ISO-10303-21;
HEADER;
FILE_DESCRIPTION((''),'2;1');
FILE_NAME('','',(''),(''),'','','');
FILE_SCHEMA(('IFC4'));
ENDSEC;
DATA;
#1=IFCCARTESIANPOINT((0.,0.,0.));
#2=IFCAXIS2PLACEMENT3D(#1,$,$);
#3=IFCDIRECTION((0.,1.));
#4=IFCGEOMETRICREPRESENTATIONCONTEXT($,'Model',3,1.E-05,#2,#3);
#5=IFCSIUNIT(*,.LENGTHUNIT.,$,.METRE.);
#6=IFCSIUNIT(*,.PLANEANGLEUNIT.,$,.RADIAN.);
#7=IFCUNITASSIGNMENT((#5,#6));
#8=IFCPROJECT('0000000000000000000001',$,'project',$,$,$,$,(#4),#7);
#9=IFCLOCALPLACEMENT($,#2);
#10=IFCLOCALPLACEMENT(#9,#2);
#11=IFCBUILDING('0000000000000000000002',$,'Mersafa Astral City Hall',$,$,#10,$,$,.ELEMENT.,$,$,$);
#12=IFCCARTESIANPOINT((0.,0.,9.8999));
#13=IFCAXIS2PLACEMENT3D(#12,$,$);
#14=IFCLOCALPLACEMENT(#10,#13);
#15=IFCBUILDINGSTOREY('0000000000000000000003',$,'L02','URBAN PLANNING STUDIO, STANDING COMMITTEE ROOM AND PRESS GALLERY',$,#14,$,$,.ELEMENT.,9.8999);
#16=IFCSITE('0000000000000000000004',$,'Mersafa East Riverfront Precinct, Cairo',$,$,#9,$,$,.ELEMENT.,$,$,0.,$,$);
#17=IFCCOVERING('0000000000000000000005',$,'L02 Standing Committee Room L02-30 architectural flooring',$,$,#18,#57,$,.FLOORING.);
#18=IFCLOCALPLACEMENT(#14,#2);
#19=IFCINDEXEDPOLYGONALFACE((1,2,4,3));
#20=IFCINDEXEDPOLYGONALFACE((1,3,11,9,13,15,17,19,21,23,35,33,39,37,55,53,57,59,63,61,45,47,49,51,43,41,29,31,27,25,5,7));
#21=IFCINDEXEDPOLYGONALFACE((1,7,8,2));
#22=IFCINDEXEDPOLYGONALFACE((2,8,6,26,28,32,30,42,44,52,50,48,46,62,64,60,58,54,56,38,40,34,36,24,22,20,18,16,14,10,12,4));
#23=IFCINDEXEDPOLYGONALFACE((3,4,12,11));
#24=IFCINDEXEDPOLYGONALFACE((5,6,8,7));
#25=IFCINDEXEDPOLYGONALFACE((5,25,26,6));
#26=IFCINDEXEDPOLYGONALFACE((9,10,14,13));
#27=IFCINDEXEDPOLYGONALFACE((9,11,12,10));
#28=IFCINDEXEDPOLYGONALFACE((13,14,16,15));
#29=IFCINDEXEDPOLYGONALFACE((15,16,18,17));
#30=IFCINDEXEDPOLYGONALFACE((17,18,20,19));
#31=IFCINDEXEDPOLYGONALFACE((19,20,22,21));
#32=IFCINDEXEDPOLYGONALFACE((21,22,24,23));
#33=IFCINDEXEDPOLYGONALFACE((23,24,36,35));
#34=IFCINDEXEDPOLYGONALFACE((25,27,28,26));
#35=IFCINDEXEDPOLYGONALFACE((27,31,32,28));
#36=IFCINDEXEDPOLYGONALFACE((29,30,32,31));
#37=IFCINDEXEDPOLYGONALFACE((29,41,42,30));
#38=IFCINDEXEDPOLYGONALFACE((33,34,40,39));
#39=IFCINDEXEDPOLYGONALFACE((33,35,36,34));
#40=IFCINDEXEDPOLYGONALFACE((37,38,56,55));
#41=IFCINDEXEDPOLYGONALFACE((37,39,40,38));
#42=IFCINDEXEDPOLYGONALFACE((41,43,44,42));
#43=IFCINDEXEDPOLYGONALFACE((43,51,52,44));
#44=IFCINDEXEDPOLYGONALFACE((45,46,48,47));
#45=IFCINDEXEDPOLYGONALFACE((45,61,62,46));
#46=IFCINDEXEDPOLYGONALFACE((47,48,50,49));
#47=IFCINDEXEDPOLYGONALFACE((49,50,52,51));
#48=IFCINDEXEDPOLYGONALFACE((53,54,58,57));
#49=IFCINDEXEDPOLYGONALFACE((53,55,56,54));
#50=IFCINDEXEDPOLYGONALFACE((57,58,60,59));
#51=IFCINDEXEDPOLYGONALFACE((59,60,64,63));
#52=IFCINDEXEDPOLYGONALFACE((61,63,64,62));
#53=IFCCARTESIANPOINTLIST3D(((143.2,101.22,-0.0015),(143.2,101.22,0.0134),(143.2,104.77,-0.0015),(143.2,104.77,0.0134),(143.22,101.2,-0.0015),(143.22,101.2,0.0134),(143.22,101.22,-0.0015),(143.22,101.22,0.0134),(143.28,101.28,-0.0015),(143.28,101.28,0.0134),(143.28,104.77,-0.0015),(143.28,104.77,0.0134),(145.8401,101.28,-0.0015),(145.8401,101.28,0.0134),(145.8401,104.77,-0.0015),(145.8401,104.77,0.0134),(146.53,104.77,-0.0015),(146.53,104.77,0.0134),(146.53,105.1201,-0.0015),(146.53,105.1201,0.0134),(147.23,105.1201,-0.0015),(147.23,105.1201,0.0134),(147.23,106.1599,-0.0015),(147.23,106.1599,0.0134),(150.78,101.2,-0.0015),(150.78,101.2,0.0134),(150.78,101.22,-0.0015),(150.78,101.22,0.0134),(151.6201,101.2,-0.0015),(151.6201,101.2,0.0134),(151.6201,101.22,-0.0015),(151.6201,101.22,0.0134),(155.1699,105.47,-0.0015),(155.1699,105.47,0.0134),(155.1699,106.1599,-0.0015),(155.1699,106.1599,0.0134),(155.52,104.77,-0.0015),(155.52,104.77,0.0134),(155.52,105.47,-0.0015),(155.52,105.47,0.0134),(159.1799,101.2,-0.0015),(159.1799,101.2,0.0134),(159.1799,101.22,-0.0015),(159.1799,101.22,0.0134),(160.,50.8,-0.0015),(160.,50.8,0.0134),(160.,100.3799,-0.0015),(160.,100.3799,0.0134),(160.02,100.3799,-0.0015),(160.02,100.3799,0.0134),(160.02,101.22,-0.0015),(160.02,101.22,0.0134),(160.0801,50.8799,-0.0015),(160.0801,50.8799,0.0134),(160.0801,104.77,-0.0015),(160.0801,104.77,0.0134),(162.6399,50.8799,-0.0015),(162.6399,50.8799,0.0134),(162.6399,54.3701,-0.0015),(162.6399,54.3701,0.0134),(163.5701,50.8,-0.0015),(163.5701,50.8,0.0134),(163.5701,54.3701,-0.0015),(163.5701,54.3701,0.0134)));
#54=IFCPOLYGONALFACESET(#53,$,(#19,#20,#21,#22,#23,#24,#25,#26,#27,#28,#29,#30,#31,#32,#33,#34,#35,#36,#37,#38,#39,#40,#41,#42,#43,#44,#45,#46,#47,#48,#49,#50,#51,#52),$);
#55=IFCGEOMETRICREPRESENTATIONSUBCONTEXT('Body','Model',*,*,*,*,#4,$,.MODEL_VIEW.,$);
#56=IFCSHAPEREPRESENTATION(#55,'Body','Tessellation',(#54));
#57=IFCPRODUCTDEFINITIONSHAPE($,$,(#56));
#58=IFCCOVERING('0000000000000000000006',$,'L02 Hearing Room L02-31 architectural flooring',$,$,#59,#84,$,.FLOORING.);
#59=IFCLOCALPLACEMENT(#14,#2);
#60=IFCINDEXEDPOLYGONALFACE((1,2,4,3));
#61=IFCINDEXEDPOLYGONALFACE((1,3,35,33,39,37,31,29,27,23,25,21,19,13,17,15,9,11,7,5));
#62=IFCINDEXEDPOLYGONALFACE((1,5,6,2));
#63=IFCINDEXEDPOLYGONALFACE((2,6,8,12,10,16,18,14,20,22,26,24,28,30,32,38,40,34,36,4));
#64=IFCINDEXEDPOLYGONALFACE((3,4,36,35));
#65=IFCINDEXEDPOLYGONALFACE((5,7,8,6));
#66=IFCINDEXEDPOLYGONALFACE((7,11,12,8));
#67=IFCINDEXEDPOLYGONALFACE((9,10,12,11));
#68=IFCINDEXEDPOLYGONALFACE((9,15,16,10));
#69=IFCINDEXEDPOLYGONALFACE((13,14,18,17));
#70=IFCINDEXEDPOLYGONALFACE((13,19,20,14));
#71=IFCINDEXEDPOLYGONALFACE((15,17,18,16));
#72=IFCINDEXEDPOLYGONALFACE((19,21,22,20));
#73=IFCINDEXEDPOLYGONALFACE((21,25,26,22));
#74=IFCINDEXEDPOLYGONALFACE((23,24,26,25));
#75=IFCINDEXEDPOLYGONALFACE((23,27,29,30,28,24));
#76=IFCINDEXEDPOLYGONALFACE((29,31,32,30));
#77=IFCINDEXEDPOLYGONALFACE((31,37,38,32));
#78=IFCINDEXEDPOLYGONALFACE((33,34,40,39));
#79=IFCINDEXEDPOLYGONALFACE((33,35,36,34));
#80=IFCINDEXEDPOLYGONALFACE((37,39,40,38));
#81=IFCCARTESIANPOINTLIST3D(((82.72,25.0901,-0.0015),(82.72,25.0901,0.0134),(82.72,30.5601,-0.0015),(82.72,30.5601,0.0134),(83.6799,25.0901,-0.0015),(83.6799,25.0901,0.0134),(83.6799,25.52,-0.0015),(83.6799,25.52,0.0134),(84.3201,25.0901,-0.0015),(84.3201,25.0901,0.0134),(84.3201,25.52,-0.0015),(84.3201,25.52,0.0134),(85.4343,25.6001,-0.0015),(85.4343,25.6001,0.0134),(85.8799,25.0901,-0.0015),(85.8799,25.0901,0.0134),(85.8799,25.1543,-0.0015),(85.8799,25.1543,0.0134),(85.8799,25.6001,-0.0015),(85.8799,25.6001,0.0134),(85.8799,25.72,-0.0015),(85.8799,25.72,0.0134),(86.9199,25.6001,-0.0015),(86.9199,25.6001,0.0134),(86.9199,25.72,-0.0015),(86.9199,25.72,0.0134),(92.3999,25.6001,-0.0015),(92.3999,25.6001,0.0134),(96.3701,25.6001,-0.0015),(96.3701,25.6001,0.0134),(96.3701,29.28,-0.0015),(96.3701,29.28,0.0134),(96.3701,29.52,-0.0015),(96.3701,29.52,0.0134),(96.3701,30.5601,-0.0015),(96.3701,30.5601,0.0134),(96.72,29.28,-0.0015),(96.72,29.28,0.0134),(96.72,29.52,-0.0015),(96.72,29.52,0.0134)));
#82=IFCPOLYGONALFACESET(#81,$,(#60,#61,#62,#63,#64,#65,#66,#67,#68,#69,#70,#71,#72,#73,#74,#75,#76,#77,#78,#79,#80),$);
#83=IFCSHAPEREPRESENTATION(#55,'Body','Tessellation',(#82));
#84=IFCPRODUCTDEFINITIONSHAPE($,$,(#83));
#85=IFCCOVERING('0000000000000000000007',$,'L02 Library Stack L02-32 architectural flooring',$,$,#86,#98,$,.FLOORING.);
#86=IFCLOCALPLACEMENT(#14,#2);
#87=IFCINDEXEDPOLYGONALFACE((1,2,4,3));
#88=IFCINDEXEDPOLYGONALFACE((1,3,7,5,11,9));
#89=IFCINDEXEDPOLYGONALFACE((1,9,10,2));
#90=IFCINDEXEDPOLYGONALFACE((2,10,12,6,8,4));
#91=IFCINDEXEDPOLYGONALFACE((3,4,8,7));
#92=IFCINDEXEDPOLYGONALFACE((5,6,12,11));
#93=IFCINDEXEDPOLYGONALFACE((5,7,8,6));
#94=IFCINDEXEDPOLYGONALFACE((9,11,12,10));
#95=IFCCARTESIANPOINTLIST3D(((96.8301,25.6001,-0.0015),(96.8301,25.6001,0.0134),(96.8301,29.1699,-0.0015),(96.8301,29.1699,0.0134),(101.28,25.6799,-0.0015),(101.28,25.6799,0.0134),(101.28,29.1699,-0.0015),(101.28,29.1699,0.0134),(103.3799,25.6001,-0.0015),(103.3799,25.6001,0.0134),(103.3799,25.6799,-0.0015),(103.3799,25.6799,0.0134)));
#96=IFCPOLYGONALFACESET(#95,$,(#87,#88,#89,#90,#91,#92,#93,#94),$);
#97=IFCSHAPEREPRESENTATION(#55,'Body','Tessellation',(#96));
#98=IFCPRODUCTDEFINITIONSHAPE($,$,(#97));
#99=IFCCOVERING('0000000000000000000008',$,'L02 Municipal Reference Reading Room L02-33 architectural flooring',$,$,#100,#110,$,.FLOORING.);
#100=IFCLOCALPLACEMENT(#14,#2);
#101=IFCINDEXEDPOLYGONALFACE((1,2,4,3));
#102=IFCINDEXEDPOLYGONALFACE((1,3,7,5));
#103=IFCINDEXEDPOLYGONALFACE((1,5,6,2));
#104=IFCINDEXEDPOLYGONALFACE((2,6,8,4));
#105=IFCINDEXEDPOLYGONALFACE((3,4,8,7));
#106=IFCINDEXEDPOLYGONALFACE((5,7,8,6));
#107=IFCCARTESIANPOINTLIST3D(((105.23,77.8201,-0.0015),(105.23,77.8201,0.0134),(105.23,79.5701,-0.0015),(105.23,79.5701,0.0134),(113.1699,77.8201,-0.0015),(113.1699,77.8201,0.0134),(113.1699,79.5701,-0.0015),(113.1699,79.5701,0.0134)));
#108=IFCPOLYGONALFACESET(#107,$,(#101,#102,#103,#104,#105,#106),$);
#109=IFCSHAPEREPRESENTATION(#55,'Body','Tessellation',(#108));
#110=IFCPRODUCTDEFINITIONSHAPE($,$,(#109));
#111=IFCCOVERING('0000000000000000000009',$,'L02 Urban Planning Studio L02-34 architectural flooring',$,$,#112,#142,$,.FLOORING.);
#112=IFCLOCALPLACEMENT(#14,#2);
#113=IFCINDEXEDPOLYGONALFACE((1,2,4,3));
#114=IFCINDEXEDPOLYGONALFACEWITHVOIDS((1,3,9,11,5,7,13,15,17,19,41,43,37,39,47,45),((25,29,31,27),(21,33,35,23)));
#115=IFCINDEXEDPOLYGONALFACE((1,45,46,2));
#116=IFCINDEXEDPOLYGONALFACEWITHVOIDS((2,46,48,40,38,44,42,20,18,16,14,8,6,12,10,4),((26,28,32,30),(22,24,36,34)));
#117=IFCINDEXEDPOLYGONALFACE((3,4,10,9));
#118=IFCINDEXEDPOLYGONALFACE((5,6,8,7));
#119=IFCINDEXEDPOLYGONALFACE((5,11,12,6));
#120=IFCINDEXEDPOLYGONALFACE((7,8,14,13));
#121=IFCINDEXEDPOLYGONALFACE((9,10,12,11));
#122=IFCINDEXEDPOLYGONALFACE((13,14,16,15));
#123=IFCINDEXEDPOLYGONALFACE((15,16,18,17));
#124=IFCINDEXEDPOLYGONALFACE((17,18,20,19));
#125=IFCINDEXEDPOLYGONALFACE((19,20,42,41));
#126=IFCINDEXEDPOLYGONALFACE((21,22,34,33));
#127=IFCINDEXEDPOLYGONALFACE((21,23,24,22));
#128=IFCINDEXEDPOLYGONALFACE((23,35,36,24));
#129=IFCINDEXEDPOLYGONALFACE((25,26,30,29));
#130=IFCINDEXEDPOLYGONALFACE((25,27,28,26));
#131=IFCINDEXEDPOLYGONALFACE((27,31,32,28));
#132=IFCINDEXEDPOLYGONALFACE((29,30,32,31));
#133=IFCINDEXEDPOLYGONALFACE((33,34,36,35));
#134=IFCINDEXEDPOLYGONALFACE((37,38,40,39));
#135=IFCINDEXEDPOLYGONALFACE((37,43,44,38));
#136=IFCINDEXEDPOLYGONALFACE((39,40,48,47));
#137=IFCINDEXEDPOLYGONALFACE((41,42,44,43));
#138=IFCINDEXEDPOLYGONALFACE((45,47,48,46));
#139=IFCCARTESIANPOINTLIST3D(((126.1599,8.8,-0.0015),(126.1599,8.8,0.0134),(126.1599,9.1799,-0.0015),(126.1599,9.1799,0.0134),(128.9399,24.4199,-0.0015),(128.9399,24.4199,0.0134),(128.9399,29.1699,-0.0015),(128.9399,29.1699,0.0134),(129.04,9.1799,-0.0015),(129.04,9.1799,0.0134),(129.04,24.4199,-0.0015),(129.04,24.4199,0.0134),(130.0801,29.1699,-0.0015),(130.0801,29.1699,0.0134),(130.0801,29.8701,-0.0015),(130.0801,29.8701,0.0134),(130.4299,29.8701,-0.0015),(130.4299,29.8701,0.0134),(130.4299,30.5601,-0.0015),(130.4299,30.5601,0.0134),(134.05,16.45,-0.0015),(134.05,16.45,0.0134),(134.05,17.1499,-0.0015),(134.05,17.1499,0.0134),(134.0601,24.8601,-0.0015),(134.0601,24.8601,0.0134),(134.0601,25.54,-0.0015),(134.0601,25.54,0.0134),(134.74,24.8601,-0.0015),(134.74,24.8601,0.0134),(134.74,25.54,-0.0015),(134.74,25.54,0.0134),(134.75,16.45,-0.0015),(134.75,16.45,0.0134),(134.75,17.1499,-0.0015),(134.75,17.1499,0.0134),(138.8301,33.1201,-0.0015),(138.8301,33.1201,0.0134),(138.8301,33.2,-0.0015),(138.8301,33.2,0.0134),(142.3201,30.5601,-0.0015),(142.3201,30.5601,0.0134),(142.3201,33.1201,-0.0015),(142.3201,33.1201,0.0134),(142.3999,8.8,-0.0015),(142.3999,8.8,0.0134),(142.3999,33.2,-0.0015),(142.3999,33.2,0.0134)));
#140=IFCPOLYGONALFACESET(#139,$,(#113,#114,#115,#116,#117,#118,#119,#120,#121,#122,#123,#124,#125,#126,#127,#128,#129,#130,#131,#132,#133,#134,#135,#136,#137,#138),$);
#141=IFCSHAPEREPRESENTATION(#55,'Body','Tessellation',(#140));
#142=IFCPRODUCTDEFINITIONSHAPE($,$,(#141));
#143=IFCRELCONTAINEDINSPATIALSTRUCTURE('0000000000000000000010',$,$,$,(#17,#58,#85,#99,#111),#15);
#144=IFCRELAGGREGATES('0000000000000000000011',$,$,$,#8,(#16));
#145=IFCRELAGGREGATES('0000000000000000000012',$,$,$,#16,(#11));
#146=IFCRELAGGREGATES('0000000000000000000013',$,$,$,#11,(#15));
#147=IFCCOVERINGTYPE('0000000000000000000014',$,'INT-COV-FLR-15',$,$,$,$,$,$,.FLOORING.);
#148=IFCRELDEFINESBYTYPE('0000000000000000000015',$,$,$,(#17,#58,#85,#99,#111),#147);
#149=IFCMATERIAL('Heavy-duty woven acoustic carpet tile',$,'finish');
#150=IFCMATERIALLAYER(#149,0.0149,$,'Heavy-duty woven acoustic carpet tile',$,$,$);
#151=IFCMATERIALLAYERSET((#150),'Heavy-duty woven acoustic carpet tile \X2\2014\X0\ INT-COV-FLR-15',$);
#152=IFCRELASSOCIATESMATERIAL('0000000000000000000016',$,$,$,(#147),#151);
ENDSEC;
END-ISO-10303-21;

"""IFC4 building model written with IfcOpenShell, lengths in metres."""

from ifc_helpers import new_model, si_unit, direction, frame, origin, place, context, subcontext, project, spatial, polyline, outline, extrude, material, layer, layer_set, type_object, element, save


model = new_model("IFC4")

# Units and contexts
model_context = context("Model", 3, precision=1e-05, world=origin(), true_north=direction((0.0, 1.0)))
body_context = subcontext(model_context, "Body", "Model", "MODEL_VIEW")
ifc_project = project(units=[si_unit("LENGTHUNIT", "METRE"), si_unit("PLANEANGLEUNIT", "RADIAN")], contexts=[model_context])

# Site, building, storey
site_placement = place(None, origin())
site = spatial("IfcSite", under=ifc_project, at=site_placement, Name="Mersafa East Riverfront Precinct, Cairo", CompositionType="ELEMENT", RefElevation=0.0)
building_placement = place(site_placement, origin())
building = spatial("IfcBuilding", under=site, at=building_placement, Name="Mersafa Astral City Hall", CompositionType="ELEMENT")
storey_placement = place(building_placement, frame((0.0, 0.0, 9.8999)))
storey = spatial("IfcBuildingStorey", under=building, at=storey_placement, Name="L02", Description="URBAN PLANNING STUDIO, STANDING COMMITTEE ROOM AND PRESS GALLERY", CompositionType="ELEMENT", Elevation=9.8999)

# Coverings
ifc_material_1 = material(Name="Heavy-duty woven acoustic carpet tile", Category="finish")
ifc_layer_1 = layer(ifc_material_1, 0.0149, Name="Heavy-duty woven acoustic carpet tile")
ifc_layer_set_1 = layer_set([ifc_layer_1], Name="Heavy-duty woven acoustic carpet tile — INT-COV-FLR-15")
covering_type_1 = type_object("IfcCoveringType", Name="INT-COV-FLR-15", PredefinedType="FLOORING", material=ifc_layer_set_1)
covering_1_placement = place(storey_placement, frame((0.0, 0.0, -0.0015)))
element("IfcCovering", 1, at=covering_1_placement, inside=storey, type_object=covering_type_1, Name="L02 Standing Committee Room L02-30 architectural flooring", PredefinedType="FLOORING", context=body_context, shape_type="SweptSolid", body=[
    extrude(outline(polyline([(143.22, 101.22), (143.2, 101.22), (143.2, 104.77), (143.28, 104.77), (143.28, 101.28), (145.8401, 101.28), (145.8401, 104.77), (146.53, 104.77), (146.53, 105.1201), (147.23, 105.1201), (147.23, 106.1599), (155.1699, 106.1599), (155.1699, 105.47), (155.52, 105.47), (155.52, 104.77), (160.0801, 104.77), (160.0801, 50.8799), (162.6399, 50.8799), (162.6399, 54.3701), (163.5701, 54.3701), (163.5701, 50.8), (160.0, 50.8), (160.0, 100.3799), (160.02, 100.3799), (160.02, 101.22), (159.1799, 101.22), (159.1799, 101.2), (151.6201, 101.2), (151.6201, 101.22), (150.78, 101.22), (150.78, 101.2), (143.22, 101.2), (143.22, 101.22)])), origin(), (0.0, 0.0, 1.0), 0.0149),
])
covering_2_placement = place(storey_placement, frame((0.0, 0.0, -0.0015)))
element("IfcCovering", 2, at=covering_2_placement, inside=storey, type_object=covering_type_1, Name="L02 Hearing Room L02-31 architectural flooring", PredefinedType="FLOORING", context=body_context, shape_type="SweptSolid", body=[
    extrude(outline(polyline([(82.72, 25.0901), (82.72, 30.5601), (96.3701, 30.5601), (96.3701, 29.52), (96.72, 29.52), (96.72, 29.28), (96.3701, 29.28), (96.3701, 25.6001), (92.3999, 25.6001), (86.9199, 25.6001), (86.9199, 25.72), (85.8799, 25.72), (85.8799, 25.6001), (85.4343, 25.6001), (85.8799, 25.1543), (85.8799, 25.0901), (84.3201, 25.0901), (84.3201, 25.52), (83.6799, 25.52), (83.6799, 25.0901), (82.72, 25.0901)])), origin(), (0.0, 0.0, 1.0), 0.0149),
])
covering_3_placement = place(storey_placement, frame((0.0, 0.0, -0.0015)))
element("IfcCovering", 3, at=covering_3_placement, inside=storey, type_object=covering_type_1, Name="L02 Library Stack L02-32 architectural flooring", PredefinedType="FLOORING", context=body_context, shape_type="SweptSolid", body=[
    extrude(outline(polyline([(103.3799, 25.6001), (96.8301, 25.6001), (96.8301, 29.1699), (101.28, 29.1699), (101.28, 25.6799), (103.3799, 25.6799), (103.3799, 25.6001)])), origin(), (0.0, 0.0, 1.0), 0.0149),
])
covering_4_placement = place(storey_placement, frame((0.0, 0.0, -0.0015)))
element("IfcCovering", 4, at=covering_4_placement, inside=storey, type_object=covering_type_1, Name="L02 Municipal Reference Reading Room L02-33 architectural flooring", PredefinedType="FLOORING", context=body_context, shape_type="SweptSolid", body=[
    extrude(outline(polyline([(113.1699, 79.5701), (113.1699, 77.8201), (105.23, 77.8201), (105.23, 79.5701), (113.1699, 79.5701)])), origin(), (0.0, 0.0, 1.0), 0.0149),
])
covering_5_placement = place(storey_placement, frame((0.0, 0.0, -0.0015)))
element("IfcCovering", 5, at=covering_5_placement, inside=storey, type_object=covering_type_1, Name="L02 Urban Planning Studio L02-34 architectural flooring", PredefinedType="FLOORING", context=body_context, shape_type="SweptSolid", body=[
    extrude(outline(polyline([(128.9399, 29.1699), (130.0801, 29.1699), (130.0801, 29.8701), (130.4299, 29.8701), (130.4299, 30.5601), (142.3201, 30.5601), (142.3201, 33.1201), (138.8301, 33.1201), (138.8301, 33.2), (142.3999, 33.2), (142.3999, 8.8), (126.1599, 8.8), (126.1599, 9.1799), (129.04, 9.1799), (129.04, 24.4199), (128.9399, 24.4199), (128.9399, 29.1699)]), holes=[polyline([(134.75, 16.45), (134.75, 17.1499), (134.05, 17.1499), (134.05, 16.45), (134.75, 16.45)]), polyline([(134.74, 24.8601), (134.74, 25.54), (134.0601, 25.54), (134.0601, 24.8601), (134.74, 24.8601)])]), origin(), (0.0, 0.0, 1.0), 0.0149),
])

save(model, "model.ifc")
